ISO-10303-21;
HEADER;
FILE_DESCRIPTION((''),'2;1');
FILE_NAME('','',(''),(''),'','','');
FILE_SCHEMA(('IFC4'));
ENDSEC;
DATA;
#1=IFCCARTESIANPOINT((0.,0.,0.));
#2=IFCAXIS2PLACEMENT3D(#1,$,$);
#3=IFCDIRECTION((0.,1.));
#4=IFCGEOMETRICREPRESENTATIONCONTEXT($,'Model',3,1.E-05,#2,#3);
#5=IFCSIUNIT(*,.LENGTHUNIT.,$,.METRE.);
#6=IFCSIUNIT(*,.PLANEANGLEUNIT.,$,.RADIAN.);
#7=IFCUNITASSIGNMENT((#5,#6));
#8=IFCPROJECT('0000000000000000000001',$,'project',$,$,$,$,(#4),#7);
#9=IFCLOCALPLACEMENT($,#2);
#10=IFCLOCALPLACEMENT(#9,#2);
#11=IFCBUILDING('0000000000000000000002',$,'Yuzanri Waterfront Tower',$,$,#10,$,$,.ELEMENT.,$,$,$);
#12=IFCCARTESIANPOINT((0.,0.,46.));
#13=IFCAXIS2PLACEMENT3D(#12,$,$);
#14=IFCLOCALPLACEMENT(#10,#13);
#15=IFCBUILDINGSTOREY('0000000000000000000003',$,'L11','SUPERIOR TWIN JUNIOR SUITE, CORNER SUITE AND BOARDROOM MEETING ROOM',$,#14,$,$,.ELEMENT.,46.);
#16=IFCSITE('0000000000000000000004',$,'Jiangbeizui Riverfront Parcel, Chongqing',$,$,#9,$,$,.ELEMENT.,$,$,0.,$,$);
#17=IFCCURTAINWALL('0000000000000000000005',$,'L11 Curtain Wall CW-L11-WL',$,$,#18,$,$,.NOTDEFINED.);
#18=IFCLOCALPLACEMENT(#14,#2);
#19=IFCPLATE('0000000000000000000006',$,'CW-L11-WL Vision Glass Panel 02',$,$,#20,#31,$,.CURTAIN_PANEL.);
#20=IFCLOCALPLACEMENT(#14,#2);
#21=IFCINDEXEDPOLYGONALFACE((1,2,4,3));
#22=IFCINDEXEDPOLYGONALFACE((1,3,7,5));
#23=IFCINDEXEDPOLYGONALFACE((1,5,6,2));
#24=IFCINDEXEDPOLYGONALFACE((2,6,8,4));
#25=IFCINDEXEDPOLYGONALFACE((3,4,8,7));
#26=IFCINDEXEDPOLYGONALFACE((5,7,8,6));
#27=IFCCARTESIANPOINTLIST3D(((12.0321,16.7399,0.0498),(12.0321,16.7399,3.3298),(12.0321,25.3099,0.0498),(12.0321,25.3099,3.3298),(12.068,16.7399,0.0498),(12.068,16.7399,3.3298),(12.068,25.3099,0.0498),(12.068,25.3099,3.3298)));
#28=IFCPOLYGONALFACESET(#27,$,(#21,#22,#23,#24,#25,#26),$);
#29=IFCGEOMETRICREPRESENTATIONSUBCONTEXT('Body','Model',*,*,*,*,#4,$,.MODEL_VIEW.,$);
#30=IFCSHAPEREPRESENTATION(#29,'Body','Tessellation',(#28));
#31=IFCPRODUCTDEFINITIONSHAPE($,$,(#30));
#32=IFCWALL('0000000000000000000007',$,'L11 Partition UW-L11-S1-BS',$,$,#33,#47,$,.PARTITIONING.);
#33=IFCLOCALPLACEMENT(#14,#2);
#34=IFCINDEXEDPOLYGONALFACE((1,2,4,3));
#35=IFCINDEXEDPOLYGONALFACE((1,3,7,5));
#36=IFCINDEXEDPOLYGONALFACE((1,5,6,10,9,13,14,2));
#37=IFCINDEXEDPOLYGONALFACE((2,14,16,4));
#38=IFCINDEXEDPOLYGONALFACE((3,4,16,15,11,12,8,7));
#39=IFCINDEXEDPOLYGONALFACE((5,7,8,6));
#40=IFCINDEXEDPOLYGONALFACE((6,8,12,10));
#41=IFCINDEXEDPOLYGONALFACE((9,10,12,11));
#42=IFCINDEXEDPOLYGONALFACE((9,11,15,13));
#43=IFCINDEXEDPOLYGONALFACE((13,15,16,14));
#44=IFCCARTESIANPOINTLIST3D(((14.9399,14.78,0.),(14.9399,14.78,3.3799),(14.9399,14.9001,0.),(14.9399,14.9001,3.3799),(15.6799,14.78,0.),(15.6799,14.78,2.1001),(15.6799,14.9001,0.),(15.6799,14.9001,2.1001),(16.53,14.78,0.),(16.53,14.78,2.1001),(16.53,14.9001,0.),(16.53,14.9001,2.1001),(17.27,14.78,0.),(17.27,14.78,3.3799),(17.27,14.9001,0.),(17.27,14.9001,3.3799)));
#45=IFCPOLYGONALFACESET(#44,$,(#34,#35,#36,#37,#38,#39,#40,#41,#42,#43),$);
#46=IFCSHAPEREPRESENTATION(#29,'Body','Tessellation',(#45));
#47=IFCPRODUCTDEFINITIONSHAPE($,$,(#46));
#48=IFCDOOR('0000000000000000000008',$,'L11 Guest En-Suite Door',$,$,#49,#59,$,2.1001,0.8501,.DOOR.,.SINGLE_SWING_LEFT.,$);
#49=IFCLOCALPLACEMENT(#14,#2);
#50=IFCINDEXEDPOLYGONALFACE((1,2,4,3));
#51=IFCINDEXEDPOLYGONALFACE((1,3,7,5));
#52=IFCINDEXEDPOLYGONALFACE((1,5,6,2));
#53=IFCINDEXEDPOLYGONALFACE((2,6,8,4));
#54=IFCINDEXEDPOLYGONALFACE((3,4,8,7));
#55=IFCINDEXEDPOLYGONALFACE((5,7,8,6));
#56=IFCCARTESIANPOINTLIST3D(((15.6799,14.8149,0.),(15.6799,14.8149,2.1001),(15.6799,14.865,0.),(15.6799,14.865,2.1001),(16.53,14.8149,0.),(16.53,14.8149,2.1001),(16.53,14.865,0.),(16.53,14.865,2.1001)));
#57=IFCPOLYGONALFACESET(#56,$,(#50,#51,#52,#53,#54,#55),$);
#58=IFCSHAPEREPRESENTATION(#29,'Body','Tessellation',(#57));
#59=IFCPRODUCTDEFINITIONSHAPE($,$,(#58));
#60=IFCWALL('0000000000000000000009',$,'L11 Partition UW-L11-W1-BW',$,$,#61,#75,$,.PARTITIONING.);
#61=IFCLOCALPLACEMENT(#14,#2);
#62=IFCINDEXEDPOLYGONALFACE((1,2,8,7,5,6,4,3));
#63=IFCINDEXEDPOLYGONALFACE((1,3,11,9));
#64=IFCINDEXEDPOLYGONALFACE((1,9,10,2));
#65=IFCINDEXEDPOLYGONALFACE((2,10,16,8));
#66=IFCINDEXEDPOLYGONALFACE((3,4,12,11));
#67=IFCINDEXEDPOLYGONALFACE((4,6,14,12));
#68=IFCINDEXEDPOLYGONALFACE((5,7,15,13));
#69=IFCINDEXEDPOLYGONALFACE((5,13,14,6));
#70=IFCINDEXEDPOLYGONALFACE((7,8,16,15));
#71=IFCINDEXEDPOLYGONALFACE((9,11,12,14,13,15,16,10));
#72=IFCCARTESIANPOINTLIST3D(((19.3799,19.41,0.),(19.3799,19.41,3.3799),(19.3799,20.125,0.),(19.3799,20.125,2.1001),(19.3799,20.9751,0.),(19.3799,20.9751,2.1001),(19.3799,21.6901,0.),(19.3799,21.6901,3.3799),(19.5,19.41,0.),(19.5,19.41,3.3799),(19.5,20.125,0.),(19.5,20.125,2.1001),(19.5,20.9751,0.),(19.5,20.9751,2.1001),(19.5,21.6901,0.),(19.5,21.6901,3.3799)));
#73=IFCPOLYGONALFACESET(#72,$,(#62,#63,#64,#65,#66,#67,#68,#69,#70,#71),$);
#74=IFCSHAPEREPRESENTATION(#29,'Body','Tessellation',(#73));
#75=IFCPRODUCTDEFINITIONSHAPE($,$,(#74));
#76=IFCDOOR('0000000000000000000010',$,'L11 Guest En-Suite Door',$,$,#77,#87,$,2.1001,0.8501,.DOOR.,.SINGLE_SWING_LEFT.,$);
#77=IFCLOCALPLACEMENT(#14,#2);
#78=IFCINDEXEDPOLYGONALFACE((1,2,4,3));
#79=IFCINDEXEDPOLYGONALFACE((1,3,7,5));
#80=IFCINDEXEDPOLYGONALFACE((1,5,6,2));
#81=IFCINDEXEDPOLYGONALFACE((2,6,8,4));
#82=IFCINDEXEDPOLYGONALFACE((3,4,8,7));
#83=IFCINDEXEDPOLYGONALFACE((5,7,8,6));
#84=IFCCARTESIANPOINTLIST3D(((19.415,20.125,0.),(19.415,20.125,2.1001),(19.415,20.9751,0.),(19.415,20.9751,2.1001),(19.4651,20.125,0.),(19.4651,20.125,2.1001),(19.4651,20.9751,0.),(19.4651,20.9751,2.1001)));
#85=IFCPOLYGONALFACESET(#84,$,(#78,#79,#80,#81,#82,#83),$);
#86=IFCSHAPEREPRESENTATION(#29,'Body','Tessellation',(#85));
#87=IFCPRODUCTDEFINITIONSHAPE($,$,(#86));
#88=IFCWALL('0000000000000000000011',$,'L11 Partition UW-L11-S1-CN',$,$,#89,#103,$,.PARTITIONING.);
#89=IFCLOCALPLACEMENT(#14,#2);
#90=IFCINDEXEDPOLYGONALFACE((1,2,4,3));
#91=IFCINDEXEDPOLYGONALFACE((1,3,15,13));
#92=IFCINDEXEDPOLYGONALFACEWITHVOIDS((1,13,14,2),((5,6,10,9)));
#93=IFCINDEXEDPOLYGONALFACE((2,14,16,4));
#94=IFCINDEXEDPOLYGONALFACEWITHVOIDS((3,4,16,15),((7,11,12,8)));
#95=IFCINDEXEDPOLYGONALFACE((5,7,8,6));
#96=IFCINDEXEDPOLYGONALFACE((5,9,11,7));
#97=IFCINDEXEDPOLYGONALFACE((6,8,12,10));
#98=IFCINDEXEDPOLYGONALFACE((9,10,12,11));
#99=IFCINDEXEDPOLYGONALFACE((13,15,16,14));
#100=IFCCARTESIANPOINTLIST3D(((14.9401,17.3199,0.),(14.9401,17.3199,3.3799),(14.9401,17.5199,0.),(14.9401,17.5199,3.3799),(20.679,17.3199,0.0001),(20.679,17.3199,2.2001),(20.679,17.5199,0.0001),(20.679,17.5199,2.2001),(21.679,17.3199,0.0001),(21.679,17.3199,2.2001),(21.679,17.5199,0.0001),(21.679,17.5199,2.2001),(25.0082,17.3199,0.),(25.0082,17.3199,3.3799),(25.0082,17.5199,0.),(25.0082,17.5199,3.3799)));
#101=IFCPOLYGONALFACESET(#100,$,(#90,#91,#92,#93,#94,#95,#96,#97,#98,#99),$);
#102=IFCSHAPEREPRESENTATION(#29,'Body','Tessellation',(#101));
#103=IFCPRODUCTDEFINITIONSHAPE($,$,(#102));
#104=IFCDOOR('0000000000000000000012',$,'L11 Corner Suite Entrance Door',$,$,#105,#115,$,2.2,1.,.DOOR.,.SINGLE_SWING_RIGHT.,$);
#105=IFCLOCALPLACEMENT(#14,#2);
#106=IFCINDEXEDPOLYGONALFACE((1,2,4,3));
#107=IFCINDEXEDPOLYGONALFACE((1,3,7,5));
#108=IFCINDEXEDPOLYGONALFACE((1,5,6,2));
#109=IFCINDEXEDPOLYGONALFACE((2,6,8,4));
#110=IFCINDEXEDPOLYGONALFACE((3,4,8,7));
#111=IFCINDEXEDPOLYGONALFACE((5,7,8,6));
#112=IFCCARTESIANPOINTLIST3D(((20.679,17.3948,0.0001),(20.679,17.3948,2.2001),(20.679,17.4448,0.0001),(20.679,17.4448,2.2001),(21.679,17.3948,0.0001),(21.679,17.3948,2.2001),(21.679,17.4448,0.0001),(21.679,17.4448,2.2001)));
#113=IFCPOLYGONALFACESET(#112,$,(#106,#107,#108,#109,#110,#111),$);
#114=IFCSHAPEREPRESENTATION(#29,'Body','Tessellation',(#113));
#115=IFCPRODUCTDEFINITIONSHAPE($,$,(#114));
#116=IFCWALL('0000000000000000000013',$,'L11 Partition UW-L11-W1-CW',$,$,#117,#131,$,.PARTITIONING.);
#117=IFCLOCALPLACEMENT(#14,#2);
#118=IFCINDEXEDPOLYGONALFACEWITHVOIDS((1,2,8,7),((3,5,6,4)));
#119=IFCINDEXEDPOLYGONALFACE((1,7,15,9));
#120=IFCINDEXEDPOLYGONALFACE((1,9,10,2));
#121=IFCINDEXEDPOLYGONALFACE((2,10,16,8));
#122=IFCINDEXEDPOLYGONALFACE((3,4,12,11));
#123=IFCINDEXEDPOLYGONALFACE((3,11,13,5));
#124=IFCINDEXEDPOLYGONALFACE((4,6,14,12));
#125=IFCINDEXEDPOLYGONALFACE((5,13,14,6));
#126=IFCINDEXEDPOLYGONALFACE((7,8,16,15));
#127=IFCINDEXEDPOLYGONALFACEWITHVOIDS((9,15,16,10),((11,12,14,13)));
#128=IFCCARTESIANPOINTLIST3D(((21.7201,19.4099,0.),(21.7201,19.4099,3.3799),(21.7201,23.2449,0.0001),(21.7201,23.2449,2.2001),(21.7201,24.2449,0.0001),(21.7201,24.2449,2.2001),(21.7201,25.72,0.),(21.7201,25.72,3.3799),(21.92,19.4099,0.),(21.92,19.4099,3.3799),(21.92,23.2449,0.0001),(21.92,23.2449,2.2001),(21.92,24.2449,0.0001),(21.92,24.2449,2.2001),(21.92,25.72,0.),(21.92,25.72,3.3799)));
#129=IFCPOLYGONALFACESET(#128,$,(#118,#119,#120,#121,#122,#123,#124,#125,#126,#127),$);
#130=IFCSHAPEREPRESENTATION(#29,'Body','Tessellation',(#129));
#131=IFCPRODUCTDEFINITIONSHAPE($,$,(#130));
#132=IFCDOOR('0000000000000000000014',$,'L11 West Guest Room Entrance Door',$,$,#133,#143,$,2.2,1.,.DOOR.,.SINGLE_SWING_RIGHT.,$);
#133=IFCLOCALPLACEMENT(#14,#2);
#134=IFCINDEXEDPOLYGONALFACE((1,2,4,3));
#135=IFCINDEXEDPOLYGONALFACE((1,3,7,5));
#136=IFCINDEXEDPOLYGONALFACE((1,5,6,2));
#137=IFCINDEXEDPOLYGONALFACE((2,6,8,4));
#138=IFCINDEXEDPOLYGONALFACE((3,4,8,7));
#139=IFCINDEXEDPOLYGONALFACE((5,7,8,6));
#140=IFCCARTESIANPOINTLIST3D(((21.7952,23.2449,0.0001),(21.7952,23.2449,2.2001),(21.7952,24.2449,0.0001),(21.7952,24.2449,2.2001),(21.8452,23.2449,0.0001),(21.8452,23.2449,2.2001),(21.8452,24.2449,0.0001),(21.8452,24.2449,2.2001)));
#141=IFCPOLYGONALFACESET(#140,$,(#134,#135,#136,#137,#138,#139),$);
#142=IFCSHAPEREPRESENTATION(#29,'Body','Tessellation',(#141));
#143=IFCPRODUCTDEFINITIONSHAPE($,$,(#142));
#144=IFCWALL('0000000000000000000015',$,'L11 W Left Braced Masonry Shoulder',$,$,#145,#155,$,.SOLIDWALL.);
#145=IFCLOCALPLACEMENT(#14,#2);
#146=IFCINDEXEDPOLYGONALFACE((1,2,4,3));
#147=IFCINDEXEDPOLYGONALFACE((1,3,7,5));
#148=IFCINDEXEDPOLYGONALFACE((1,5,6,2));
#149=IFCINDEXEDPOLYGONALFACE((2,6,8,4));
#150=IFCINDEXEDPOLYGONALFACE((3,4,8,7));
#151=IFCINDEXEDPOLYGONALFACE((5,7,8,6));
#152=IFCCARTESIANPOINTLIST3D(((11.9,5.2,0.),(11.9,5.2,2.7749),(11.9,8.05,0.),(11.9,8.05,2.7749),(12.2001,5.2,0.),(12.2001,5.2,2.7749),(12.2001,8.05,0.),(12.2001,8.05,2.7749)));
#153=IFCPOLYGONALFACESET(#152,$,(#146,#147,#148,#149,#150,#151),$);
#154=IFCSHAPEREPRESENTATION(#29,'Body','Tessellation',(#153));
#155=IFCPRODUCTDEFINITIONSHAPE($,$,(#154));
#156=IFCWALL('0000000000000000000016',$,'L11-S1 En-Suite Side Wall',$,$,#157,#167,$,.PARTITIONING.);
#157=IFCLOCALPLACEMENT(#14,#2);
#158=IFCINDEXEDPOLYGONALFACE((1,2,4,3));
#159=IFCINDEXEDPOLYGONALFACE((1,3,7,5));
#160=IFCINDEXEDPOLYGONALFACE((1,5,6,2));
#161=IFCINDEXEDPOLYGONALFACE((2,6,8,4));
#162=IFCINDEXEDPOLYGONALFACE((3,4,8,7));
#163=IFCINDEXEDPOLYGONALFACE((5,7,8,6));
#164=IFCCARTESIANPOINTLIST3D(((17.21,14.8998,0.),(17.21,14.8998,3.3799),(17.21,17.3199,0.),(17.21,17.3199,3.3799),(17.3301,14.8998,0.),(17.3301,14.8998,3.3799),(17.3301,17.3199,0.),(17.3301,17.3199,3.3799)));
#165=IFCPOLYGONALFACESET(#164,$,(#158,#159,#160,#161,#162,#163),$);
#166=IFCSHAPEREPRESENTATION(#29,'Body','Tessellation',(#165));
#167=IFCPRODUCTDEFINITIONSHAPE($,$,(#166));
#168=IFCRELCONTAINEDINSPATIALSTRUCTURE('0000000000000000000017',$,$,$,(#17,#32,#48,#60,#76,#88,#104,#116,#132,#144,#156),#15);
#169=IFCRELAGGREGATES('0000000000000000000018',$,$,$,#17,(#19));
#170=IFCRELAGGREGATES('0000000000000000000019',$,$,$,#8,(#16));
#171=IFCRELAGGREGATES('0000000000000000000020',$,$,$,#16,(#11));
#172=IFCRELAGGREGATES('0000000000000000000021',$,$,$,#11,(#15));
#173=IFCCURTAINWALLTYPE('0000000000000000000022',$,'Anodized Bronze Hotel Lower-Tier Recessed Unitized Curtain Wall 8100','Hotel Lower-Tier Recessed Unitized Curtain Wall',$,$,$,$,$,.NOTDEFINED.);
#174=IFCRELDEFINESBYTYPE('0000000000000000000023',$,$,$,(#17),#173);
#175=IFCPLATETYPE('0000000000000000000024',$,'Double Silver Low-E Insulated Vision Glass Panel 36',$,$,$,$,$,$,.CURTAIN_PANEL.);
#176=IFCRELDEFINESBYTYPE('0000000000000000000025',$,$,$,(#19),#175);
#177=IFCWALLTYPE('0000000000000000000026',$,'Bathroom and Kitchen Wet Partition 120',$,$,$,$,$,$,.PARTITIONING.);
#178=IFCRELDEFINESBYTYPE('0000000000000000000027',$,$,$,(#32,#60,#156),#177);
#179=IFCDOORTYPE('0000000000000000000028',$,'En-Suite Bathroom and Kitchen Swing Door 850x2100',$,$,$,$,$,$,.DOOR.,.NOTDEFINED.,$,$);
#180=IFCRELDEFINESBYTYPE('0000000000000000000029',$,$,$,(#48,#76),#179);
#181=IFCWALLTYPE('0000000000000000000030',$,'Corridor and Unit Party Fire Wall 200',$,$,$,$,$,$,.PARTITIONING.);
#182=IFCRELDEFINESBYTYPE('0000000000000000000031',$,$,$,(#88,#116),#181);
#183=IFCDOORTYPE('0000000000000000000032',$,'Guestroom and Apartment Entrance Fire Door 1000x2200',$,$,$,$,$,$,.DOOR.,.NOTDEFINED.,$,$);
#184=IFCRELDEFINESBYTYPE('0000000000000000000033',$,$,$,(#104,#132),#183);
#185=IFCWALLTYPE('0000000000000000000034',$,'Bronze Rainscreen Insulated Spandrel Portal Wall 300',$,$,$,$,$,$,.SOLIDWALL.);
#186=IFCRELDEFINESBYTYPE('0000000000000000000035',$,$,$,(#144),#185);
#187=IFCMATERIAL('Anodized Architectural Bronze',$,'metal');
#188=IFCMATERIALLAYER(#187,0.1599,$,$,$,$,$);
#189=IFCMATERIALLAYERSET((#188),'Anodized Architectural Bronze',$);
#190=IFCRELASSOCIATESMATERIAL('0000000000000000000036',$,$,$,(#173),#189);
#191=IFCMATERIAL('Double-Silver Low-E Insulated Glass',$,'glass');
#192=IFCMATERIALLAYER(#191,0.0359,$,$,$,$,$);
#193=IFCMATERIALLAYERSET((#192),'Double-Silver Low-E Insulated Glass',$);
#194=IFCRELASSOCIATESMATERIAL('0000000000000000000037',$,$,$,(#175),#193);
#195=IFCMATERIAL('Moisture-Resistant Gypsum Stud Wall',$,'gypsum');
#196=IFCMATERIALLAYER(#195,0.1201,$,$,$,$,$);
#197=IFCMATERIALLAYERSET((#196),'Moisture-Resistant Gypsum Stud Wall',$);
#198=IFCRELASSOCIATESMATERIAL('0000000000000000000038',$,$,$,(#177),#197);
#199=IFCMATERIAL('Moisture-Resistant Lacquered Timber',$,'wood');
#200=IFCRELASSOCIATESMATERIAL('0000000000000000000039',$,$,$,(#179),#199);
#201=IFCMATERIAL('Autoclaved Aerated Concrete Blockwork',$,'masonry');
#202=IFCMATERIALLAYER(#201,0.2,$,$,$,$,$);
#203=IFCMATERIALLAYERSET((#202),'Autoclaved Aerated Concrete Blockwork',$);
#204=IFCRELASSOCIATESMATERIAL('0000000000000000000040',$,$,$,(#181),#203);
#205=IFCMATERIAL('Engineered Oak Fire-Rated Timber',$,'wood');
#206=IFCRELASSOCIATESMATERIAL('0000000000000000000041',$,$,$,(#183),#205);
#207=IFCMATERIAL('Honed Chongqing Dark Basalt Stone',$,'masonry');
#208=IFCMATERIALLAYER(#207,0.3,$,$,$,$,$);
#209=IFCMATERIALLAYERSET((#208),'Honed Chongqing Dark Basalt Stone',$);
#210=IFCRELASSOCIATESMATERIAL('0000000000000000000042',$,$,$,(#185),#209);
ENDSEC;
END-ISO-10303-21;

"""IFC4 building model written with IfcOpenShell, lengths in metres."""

from ifc_helpers import new_model, si_unit, direction, frame, frame_2d, origin, origin_2d, place, context, subcontext, project, spatial, rectangle, extrude, source, transform, mapped, material, layer, layer_set, type_object, element, fill, aggregate, save


model = new_model("IFC4")

# Units and contexts
model_context = context("Model", 3, precision=1e-05, world=origin(), true_north=direction((0.0, 1.0)))
body_context = subcontext(model_context, "Body", "Model", "MODEL_VIEW")
ifc_project = project(units=[si_unit("LENGTHUNIT", "METRE"), si_unit("PLANEANGLEUNIT", "RADIAN")], contexts=[model_context])

# Site, building, storey
site_placement = place(None, origin())
site = spatial("IfcSite", under=ifc_project, at=site_placement, Name="Jiangbeizui Riverfront Parcel, Chongqing", CompositionType="ELEMENT", RefElevation=0.0)
building_placement = place(site_placement, origin())
building = spatial("IfcBuilding", under=site, at=building_placement, Name="Yuzanri Waterfront Tower", CompositionType="ELEMENT")
storey_placement = place(building_placement, frame((0.0, 0.0, 46.0)))
storey = spatial("IfcBuildingStorey", under=building, at=storey_placement, Name="L11", Description="SUPERIOR TWIN JUNIOR SUITE, CORNER SUITE AND BOARDROOM MEETING ROOM", CompositionType="ELEMENT", Elevation=46.0)

# Curtain wall
ifc_material_1 = material(Name="Anodized Architectural Bronze", Category="metal")
ifc_layer_1 = layer(ifc_material_1, 0.1599)
ifc_layer_set_1 = layer_set([ifc_layer_1], Name="Anodized Architectural Bronze")
curtain_wall_type = type_object("IfcCurtainWallType", Name="Anodized Bronze Hotel Lower-Tier Recessed Unitized Curtain Wall 8100", Description="Hotel Lower-Tier Recessed Unitized Curtain Wall", PredefinedType="NOTDEFINED", material=ifc_layer_set_1)
curtain_wall_placement = place(storey_placement, origin())
curtain_wall = element("IfcCurtainWall", 1, at=curtain_wall_placement, inside=storey, type_object=curtain_wall_type, Name="L11 Curtain Wall CW-L11-WL", PredefinedType="NOTDEFINED")

# Plate
ifc_material_2 = material(Name="Double-Silver Low-E Insulated Glass", Category="glass")
ifc_layer_2 = layer(ifc_material_2, 0.0359)
ifc_layer_set_2 = layer_set([ifc_layer_2], Name="Double-Silver Low-E Insulated Glass")
plate_type_1 = type_object("IfcPlateType", Name="Double Silver Low-E Insulated Vision Glass Panel 36", PredefinedType="CURTAIN_PANEL", material=ifc_layer_set_2)
shared_shape_1 = source(origin(), body_context, "Body", "SweptSolid", [
    extrude(rectangle(XDim=8.5701, YDim=0.0359, at=origin_2d()), origin(), (0.0, 0.0, 1.0), 3.28),
])
plate_1_placement = place(storey_placement, frame((12.05, 21.0249, 0.0498), z_axis=(0.0, 0.0, 1.0), x_axis=(0.0, 1.0, 0.0)))
plate_1 = element("IfcPlate", 2, at=plate_1_placement, type_object=plate_type_1, Name="CW-L11-WL Vision Glass Panel 02", PredefinedType="CURTAIN_PANEL", context=body_context, shape_type="MappedRepresentation", body=[
    mapped(shared_shape_1, transform((0.0, 0.0, 0.0), scale=1.0)),
])
aggregate(curtain_wall, [plate_1])

# Walls, openings, doors
ifc_material_3 = material(Name="Moisture-Resistant Gypsum Stud Wall", Category="gypsum")
ifc_layer_3 = layer(ifc_material_3, 0.1201)
ifc_layer_set_3 = layer_set([ifc_layer_3], Name="Moisture-Resistant Gypsum Stud Wall")
wall_type_1 = type_object("IfcWallType", Name="Bathroom and Kitchen Wet Partition 120", PredefinedType="PARTITIONING", material=ifc_layer_set_3)
wall_1_placement = place(storey_placement, frame((14.9399, 14.8401, 0.0), z_axis=(0.0, 0.0, 1.0), x_axis=(1.0, 0.0, 0.0)))
wall_1 = element("IfcWall", 3, at=wall_1_placement, inside=storey, type_object=wall_type_1, Name="L11 Partition UW-L11-S1-BS", PredefinedType="PARTITIONING", context=body_context, shape_type="SweptSolid", body=[
    extrude(rectangle(XDim=2.3301, YDim=0.1201, at=frame_2d((1.165, 0.0))), origin(), (0.0, 0.0, 1.0), 3.3799),
])
opening_1_placement = place(wall_1_placement, frame((0.74, 0.0, 0.0)))
opening_1 = element("IfcOpeningElement", 4, at=opening_1_placement, cuts=wall_1, PredefinedType="OPENING", context=body_context, shape_type="SweptSolid", body=[
    extrude(rectangle(XDim=0.8501, YDim=2.1001, at=frame_2d((0.425, 1.05))), frame((0.0, 0.075, 0.0), z_axis=(0.0, -1.0, 0.0), x_axis=(1.0, 0.0, 0.0)), (0.0, 0.0, 1.0), 0.1499),
])
ifc_material_4 = material(Name="Moisture-Resistant Lacquered Timber", Category="wood")
door_type_1 = type_object("IfcDoorType", Name="En-Suite Bathroom and Kitchen Swing Door 850x2100", OperationType="NOTDEFINED", PredefinedType="DOOR", material=ifc_material_4)
shared_shape_2 = source(origin(), body_context, "Body", "SweptSolid", [
    extrude(rectangle(XDim=0.8501, YDim=2.1001, at=frame_2d((0.425, 1.05))), frame((0.0, 0.0249, 0.0), z_axis=(0.0, -1.0, 0.0), x_axis=(1.0, 0.0, 0.0)), (0.0, 0.0, 1.0), 0.05),
])
door_1_placement = place(opening_1_placement, origin())
door_1 = element("IfcDoor", 5, at=door_1_placement, inside=storey, type_object=door_type_1, Name="L11 Guest En-Suite Door", OperationType="SINGLE_SWING_LEFT", OverallHeight=2.1001, OverallWidth=0.8501, PredefinedType="DOOR", context=body_context, shape_type="MappedRepresentation", body=[
    mapped(shared_shape_2, transform((0.0, 0.0, 0.0), scale=1.0)),
])
fill(opening_1, door_1)
wall_2_placement = place(storey_placement, frame((19.4399, 19.4099, 0.0), z_axis=(0.0, 0.0, 1.0), x_axis=(0.0, 1.0, 0.0)))
wall_2 = element("IfcWall", 6, at=wall_2_placement, inside=storey, type_object=wall_type_1, Name="L11 Partition UW-L11-W1-BW", PredefinedType="PARTITIONING", context=body_context, shape_type="SweptSolid", body=[
    extrude(rectangle(XDim=2.28, YDim=0.1201, at=frame_2d((1.1401, 0.0))), origin(), (0.0, 0.0, 1.0), 3.3799),
])
opening_2_placement = place(wall_2_placement, frame((0.7151, 0.0, 0.0)))
opening_2 = element("IfcOpeningElement", 7, at=opening_2_placement, cuts=wall_2, PredefinedType="OPENING", context=body_context, shape_type="SweptSolid", body=[
    extrude(rectangle(XDim=0.8501, YDim=2.1001, at=frame_2d((0.425, 1.05))), frame((0.0, 0.075, 0.0), z_axis=(0.0, -1.0, 0.0), x_axis=(1.0, 0.0, 0.0)), (0.0, 0.0, 1.0), 0.1499),
])
door_2_placement = place(opening_2_placement, origin())
door_2 = element("IfcDoor", 8, at=door_2_placement, inside=storey, type_object=door_type_1, Name="L11 Guest En-Suite Door", OperationType="SINGLE_SWING_LEFT", OverallHeight=2.1001, OverallWidth=0.8501, PredefinedType="DOOR", context=body_context, shape_type="MappedRepresentation", body=[
    mapped(shared_shape_2, transform((0.0, 0.0, 0.0), scale=1.0)),
])
fill(opening_2, door_2)
ifc_material_5 = material(Name="Autoclaved Aerated Concrete Blockwork", Category="masonry")
ifc_layer_4 = layer(ifc_material_5, 0.2)
ifc_layer_set_4 = layer_set([ifc_layer_4], Name="Autoclaved Aerated Concrete Blockwork")
wall_type_2 = type_object("IfcWallType", Name="Corridor and Unit Party Fire Wall 200", PredefinedType="PARTITIONING", material=ifc_layer_set_4)
wall_3_placement = place(storey_placement, frame((14.9399, 17.4199, 0.0), z_axis=(0.0, 0.0, 1.0), x_axis=(1.0, 0.0, 0.0)))
wall_3 = element("IfcWall", 9, at=wall_3_placement, inside=storey, type_object=wall_type_2, Name="L11 Partition UW-L11-S1-CN", PredefinedType="PARTITIONING", context=body_context, shape_type="SweptSolid", body=[
    extrude(rectangle(XDim=10.0681, YDim=0.2, at=frame_2d((5.0342, 0.0))), origin(), (0.0, 0.0, 1.0), 3.3799),
])
opening_3_placement = place(wall_3_placement, frame((5.739, 0.0, 0.0)))
opening_3 = element("IfcOpeningElement", 10, at=opening_3_placement, cuts=wall_3, PredefinedType="OPENING", context=body_context, shape_type="SweptSolid", body=[
    extrude(rectangle(XDim=1.0, YDim=2.2, at=frame_2d((0.5, 1.1001))), frame((0.0, 0.1147, 0.0), z_axis=(0.0, -1.0, 0.0), x_axis=(1.0, 0.0, 0.0)), (0.0, 0.0, 1.0), 0.2297),
])
ifc_material_6 = material(Name="Engineered Oak Fire-Rated Timber", Category="wood")
door_type_2 = type_object("IfcDoorType", Name="Guestroom and Apartment Entrance Fire Door 1000x2200", OperationType="NOTDEFINED", PredefinedType="DOOR", material=ifc_material_6)
shared_shape_3 = source(origin(), body_context, "Body", "SweptSolid", [
    extrude(rectangle(XDim=1.0, YDim=2.2, at=frame_2d((0.5, 1.1001))), frame((0.0, 0.0249, 0.0), z_axis=(0.0, -1.0, 0.0), x_axis=(1.0, 0.0, 0.0)), (0.0, 0.0, 1.0), 0.05),
])
door_3_placement = place(opening_3_placement, origin())
door_3 = element("IfcDoor", 11, at=door_3_placement, inside=storey, type_object=door_type_2, Name="L11 Corner Suite Entrance Door", OperationType="SINGLE_SWING_RIGHT", OverallHeight=2.2, OverallWidth=1.0, PredefinedType="DOOR", context=body_context, shape_type="MappedRepresentation", body=[
    mapped(shared_shape_3, transform((0.0, 0.0, 0.0), scale=1.0)),
])
fill(opening_3, door_3)
wall_4_placement = place(storey_placement, frame((21.8201, 19.4099, 0.0), z_axis=(0.0, 0.0, 1.0), x_axis=(0.0, 1.0, 0.0)))
wall_4 = element("IfcWall", 12, at=wall_4_placement, inside=storey, type_object=wall_type_2, Name="L11 Partition UW-L11-W1-CW", PredefinedType="PARTITIONING", context=body_context, shape_type="SweptSolid", body=[
    extrude(rectangle(XDim=6.3101, YDim=0.2, at=frame_2d((3.155, 0.0))), origin(), (0.0, 0.0, 1.0), 3.3799),
])
opening_4_placement = place(wall_4_placement, frame((3.835, 0.0, 0.0)))
opening_4 = element("IfcOpeningElement", 13, at=opening_4_placement, cuts=wall_4, PredefinedType="OPENING", context=body_context, shape_type="SweptSolid", body=[
    extrude(rectangle(XDim=1.0, YDim=2.2, at=frame_2d((0.5, 1.1001))), frame((0.0, 0.1147, 0.0), z_axis=(0.0, -1.0, 0.0), x_axis=(1.0, 0.0, 0.0)), (0.0, 0.0, 1.0), 0.2297),
])
door_4_placement = place(opening_4_placement, origin())
door_4 = element("IfcDoor", 14, at=door_4_placement, inside=storey, type_object=door_type_2, Name="L11 West Guest Room Entrance Door", OperationType="SINGLE_SWING_RIGHT", OverallHeight=2.2, OverallWidth=1.0, PredefinedType="DOOR", context=body_context, shape_type="MappedRepresentation", body=[
    mapped(shared_shape_3, transform((0.0, 0.0, 0.0), scale=1.0)),
])
fill(opening_4, door_4)

# Walls
ifc_material_7 = material(Name="Honed Chongqing Dark Basalt Stone", Category="masonry")
ifc_layer_5 = layer(ifc_material_7, 0.3)
ifc_layer_set_5 = layer_set([ifc_layer_5], Name="Honed Chongqing Dark Basalt Stone")
wall_type_3 = type_object("IfcWallType", Name="Bronze Rainscreen Insulated Spandrel Portal Wall 300", PredefinedType="SOLIDWALL", material=ifc_layer_set_5)
shared_shape_4 = source(origin(), body_context, "Body", "SweptSolid", [
    extrude(rectangle(XDim=2.8501, YDim=0.3, at=frame_2d((1.425, 0.0))), origin(), (0.0, 0.0, 1.0), 2.7749),
])
wall_5_placement = place(storey_placement, frame((12.05, 5.2, 0.0), z_axis=(0.0, 0.0, 1.0), x_axis=(0.0, 1.0, 0.0)))
element("IfcWall", 15, at=wall_5_placement, inside=storey, type_object=wall_type_3, Name="L11 W Left Braced Masonry Shoulder", PredefinedType="SOLIDWALL", context=body_context, shape_type="MappedRepresentation", body=[
    mapped(shared_shape_4, transform((0.0, 0.0, 0.0), scale=1.0)),
])
shared_shape_5 = source(origin(), body_context, "Body", "SweptSolid", [
    extrude(rectangle(XDim=2.4202, YDim=0.1201, at=frame_2d((1.21, 0.0))), origin(), (0.0, 0.0, 1.0), 3.3799),
])
wall_6_placement = place(storey_placement, frame((17.27, 14.8999, 0.0), z_axis=(0.0, 0.0, 1.0), x_axis=(0.0, 1.0, 0.0)))
element("IfcWall", 16, at=wall_6_placement, inside=storey, type_object=wall_type_1, Name="L11-S1 En-Suite Side Wall", PredefinedType="PARTITIONING", context=body_context, shape_type="MappedRepresentation", body=[
    mapped(shared_shape_5, transform((0.0, 0.0, 0.0), scale=1.0)),
])

save(model, "model.ifc")
